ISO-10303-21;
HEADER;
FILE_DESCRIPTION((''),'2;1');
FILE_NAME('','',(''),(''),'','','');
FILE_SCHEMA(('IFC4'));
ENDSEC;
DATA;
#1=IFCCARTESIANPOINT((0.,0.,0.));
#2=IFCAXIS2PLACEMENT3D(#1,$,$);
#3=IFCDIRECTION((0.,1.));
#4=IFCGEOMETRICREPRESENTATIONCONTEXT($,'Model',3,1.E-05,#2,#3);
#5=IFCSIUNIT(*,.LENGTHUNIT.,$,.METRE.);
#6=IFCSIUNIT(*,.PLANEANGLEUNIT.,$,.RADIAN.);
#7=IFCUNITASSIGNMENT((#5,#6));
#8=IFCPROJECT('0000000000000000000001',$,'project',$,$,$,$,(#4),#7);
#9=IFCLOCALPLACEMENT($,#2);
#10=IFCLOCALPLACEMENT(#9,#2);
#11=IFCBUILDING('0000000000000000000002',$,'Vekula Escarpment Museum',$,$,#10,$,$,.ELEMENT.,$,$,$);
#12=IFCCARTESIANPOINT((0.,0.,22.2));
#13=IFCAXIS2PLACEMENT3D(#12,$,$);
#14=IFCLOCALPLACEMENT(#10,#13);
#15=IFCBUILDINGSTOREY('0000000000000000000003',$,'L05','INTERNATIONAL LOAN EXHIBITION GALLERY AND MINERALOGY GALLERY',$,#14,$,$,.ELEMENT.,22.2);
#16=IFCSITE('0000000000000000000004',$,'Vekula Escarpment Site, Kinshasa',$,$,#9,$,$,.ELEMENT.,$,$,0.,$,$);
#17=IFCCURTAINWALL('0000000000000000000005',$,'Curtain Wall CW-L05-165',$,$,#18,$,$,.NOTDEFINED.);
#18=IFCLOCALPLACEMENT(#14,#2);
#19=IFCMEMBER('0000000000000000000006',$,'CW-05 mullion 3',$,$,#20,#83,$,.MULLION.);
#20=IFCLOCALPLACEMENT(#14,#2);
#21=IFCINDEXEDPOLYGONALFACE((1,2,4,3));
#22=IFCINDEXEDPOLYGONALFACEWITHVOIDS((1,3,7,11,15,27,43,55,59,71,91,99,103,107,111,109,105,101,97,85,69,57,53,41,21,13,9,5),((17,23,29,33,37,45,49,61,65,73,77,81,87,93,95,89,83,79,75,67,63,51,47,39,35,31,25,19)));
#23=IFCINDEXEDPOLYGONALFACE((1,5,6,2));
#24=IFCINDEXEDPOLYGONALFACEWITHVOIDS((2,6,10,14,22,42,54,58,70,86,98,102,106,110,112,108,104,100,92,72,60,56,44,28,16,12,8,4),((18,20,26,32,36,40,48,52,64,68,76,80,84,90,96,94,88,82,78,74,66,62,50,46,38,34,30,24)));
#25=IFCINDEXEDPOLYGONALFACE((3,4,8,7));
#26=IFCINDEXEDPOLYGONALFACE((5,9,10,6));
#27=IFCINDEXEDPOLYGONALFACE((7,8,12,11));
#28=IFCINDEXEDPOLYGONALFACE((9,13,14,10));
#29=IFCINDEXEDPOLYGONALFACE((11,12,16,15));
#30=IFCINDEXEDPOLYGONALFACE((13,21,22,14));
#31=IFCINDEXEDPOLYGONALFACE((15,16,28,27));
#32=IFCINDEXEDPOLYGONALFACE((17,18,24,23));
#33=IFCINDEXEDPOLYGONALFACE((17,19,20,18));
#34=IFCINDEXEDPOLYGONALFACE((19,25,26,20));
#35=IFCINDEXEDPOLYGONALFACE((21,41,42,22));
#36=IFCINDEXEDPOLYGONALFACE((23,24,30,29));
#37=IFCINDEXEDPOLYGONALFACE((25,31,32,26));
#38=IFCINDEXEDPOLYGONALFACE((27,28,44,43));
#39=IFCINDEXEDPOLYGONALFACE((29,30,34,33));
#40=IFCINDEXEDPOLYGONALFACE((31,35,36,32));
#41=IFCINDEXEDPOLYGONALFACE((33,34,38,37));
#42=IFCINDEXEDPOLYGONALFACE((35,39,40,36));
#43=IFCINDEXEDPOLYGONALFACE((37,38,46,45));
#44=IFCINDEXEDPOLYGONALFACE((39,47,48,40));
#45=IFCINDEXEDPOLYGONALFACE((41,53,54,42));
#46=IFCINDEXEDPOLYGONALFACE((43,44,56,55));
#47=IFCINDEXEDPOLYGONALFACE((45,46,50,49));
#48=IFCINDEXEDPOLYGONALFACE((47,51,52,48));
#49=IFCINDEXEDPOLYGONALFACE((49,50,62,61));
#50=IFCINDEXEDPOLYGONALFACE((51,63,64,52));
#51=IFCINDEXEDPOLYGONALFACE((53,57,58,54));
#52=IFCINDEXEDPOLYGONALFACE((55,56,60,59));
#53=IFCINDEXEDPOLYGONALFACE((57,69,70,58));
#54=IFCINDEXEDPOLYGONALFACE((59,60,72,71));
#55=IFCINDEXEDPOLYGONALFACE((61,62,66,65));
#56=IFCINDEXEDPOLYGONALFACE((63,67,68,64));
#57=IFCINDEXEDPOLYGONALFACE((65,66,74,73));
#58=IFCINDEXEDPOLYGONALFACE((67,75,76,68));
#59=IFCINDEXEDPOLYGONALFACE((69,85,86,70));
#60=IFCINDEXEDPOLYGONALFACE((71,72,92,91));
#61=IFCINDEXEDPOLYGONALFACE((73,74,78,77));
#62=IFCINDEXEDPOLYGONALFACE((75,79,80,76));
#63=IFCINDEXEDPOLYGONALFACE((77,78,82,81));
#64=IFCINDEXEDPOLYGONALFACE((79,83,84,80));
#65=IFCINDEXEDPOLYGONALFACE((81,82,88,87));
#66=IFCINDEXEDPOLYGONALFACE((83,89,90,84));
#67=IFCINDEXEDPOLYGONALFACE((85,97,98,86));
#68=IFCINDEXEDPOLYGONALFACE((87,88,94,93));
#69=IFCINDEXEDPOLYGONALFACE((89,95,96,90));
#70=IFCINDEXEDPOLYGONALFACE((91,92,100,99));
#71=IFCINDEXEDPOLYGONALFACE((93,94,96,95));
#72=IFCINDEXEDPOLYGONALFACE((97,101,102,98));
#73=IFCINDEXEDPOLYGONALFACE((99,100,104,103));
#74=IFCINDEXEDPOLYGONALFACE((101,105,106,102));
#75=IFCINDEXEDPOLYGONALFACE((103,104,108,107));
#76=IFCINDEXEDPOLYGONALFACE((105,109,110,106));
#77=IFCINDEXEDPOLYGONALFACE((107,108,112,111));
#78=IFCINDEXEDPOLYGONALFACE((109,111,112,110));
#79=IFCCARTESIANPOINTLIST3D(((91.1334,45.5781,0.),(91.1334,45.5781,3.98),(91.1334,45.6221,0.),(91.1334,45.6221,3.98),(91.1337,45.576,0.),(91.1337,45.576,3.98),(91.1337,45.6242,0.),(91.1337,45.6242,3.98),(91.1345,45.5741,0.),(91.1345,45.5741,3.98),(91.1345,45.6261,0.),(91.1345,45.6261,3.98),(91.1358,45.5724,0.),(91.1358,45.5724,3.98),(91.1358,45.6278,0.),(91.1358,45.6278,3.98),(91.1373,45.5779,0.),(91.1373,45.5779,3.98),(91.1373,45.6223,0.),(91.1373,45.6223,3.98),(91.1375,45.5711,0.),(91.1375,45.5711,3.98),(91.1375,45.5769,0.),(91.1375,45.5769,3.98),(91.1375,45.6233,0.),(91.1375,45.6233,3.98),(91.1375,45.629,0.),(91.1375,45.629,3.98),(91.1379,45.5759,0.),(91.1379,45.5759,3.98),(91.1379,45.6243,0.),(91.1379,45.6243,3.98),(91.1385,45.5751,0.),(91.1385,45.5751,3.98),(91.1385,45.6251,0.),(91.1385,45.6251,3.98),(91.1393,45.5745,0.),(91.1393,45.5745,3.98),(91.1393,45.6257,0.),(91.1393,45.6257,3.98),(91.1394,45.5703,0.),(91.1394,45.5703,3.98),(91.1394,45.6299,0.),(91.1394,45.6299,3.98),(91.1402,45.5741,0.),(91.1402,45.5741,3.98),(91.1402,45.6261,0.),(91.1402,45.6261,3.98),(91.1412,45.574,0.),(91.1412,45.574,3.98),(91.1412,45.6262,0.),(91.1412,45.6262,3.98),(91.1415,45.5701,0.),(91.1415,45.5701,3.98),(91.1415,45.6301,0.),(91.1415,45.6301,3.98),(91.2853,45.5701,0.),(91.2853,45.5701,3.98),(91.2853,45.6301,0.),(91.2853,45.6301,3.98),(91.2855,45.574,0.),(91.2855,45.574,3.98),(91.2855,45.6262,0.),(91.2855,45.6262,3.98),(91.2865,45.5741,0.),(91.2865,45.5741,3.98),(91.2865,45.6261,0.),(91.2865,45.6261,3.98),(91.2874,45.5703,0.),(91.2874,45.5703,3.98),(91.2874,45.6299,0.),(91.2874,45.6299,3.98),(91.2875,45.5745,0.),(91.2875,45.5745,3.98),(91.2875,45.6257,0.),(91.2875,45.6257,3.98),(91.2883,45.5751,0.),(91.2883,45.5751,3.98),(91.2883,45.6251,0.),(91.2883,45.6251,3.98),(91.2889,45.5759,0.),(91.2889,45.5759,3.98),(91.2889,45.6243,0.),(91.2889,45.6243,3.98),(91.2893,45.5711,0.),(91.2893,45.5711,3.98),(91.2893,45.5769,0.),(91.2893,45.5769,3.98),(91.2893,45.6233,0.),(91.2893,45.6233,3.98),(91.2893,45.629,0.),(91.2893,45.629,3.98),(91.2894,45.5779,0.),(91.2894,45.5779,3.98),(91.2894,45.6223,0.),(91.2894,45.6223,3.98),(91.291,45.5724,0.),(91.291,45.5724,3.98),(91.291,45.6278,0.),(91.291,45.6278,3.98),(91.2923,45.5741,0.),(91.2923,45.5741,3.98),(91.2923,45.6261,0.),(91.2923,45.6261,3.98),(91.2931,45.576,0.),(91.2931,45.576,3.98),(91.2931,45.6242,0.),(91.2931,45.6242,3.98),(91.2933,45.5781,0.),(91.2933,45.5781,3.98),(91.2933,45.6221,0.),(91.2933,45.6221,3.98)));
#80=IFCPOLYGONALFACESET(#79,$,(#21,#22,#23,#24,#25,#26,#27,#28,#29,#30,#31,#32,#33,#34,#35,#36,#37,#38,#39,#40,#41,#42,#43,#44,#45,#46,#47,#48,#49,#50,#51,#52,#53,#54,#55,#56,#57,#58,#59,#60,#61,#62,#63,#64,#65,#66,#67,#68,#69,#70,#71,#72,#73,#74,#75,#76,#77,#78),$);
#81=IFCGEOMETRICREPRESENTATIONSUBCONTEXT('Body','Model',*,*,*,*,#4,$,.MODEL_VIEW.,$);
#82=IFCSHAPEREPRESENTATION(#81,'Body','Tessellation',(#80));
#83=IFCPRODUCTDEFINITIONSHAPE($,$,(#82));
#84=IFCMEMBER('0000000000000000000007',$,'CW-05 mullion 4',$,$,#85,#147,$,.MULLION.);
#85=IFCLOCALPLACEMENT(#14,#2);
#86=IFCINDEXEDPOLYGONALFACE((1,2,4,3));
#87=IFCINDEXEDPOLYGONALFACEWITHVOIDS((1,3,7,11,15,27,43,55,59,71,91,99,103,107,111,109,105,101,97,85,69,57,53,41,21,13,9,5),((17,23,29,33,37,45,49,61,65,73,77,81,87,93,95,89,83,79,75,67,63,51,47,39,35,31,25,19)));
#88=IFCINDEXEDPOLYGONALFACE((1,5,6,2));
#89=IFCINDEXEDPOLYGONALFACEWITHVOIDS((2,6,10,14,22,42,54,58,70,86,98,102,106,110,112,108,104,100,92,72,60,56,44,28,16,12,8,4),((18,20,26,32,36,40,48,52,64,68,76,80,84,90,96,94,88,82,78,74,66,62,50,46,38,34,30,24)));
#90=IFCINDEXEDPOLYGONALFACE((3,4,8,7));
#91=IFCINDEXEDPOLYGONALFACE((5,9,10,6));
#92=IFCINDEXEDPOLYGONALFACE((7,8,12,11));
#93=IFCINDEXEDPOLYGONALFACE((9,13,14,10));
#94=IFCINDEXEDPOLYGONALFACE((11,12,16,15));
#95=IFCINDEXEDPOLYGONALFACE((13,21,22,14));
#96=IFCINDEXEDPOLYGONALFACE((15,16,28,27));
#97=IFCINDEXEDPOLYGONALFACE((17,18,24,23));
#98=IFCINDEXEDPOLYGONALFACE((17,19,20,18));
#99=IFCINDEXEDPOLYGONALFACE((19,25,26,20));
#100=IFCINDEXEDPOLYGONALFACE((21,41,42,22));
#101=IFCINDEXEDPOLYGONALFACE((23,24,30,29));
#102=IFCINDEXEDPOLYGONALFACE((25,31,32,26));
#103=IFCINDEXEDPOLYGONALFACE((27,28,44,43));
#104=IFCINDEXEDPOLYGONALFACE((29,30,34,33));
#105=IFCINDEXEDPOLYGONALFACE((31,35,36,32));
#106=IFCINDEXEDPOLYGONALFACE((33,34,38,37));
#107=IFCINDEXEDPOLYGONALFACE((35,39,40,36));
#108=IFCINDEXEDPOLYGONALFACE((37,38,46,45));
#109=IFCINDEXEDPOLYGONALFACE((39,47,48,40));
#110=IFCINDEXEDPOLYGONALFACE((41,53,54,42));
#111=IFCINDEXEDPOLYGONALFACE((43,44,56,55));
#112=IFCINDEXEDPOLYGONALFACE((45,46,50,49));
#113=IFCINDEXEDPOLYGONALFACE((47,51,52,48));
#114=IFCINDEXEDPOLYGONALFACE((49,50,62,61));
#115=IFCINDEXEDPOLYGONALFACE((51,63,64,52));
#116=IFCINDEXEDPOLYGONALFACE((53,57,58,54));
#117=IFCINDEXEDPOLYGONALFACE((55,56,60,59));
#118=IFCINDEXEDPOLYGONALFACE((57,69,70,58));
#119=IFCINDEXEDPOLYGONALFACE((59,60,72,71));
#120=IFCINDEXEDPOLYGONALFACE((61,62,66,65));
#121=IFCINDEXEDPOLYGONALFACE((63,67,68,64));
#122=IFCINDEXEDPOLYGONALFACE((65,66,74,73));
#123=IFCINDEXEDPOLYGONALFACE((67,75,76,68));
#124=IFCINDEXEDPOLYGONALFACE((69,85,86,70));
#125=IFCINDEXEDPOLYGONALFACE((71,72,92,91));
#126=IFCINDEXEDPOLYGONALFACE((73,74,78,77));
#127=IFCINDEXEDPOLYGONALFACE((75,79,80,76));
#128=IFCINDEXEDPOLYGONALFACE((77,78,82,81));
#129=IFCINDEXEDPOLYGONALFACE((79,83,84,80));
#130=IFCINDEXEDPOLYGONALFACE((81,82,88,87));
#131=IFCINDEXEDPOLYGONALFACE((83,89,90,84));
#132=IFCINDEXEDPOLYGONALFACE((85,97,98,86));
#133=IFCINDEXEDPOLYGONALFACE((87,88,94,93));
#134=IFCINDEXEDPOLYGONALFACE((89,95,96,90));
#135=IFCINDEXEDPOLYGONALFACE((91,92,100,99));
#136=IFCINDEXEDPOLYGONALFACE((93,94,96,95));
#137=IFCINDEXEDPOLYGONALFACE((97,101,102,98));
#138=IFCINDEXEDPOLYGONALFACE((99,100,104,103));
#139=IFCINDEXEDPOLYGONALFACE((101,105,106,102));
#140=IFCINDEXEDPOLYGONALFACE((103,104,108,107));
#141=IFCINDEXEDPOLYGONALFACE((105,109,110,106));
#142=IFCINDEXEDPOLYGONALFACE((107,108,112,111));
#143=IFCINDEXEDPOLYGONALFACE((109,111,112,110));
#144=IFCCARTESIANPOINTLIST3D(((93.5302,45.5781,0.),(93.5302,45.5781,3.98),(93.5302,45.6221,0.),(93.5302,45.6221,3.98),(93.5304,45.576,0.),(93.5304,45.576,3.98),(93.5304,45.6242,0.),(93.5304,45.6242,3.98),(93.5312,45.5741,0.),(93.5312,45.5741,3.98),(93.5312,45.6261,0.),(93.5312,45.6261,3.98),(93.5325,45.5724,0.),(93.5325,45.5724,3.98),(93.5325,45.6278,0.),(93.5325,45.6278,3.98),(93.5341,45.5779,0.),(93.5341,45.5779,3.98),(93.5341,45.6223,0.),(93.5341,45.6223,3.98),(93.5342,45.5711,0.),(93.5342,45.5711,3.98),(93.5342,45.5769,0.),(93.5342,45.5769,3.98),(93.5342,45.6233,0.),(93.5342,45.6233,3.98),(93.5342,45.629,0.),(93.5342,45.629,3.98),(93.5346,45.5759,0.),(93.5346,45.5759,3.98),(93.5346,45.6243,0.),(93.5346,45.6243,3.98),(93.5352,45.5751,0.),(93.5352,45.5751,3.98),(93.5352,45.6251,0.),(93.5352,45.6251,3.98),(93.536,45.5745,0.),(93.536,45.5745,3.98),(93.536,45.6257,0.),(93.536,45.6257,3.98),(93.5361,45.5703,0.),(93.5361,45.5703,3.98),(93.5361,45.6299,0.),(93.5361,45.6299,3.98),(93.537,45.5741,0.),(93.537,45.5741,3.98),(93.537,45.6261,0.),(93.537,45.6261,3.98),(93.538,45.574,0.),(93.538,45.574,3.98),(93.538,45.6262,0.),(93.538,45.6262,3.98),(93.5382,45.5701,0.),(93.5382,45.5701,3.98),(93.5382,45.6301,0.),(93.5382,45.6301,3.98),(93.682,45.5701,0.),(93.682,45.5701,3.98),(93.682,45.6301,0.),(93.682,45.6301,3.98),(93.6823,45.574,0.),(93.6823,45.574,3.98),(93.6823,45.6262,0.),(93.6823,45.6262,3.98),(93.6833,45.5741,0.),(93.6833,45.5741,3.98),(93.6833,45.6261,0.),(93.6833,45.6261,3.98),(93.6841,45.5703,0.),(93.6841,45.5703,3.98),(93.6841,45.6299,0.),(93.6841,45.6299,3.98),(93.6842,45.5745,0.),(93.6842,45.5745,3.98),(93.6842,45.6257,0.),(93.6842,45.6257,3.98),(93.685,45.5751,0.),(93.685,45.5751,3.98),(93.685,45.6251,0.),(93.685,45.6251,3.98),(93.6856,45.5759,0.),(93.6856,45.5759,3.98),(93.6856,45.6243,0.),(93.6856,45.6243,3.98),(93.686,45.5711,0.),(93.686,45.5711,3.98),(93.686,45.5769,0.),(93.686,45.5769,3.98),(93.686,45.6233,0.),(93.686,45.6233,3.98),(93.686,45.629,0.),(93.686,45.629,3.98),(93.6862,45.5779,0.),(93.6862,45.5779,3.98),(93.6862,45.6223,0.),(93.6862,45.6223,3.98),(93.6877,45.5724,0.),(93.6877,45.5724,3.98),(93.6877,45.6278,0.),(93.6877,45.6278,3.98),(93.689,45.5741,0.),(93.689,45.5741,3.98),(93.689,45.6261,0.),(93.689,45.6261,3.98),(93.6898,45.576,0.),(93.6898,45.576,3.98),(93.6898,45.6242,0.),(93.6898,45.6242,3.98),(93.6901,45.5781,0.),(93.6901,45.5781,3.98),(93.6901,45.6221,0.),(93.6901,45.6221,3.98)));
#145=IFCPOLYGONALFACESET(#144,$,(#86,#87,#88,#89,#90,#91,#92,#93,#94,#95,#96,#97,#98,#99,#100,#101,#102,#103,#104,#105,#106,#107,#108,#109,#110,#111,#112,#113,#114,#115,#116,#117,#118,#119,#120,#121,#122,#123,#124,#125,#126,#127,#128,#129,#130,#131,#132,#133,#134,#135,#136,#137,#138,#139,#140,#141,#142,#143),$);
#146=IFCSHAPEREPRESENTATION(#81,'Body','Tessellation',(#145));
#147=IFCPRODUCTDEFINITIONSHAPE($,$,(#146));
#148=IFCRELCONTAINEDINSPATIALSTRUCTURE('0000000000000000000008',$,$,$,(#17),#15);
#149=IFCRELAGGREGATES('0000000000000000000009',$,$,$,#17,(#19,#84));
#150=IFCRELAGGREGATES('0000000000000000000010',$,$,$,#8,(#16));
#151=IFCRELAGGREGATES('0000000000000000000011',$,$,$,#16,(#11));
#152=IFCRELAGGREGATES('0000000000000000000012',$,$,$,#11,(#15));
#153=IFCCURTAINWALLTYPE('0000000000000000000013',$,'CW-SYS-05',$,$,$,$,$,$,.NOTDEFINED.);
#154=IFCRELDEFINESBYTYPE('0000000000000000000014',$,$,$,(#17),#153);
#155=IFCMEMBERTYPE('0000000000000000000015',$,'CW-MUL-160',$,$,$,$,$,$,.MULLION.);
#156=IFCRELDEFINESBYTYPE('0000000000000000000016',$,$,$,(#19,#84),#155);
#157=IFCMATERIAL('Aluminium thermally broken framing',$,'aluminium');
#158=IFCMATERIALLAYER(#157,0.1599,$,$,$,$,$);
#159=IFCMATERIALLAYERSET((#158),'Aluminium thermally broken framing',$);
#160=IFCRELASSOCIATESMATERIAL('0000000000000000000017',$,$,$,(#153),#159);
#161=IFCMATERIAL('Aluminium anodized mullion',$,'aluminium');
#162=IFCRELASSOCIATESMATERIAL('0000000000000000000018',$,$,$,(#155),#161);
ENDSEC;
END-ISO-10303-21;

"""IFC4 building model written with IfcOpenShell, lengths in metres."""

from ifc_helpers import new_model, si_unit, direction, frame, origin, origin_2d, place, context, subcontext, project, spatial, hollow_rectangle, extrude, material, layer, layer_set, material_profile, profile_set, type_object, element, aggregate, save


model = new_model("IFC4")

# Units and contexts
model_context = context("Model", 3, precision=1e-05, world=origin(), true_north=direction((0.0, 1.0)))
body_context = subcontext(model_context, "Body", "Model", "MODEL_VIEW")
ifc_project = project(units=[si_unit("LENGTHUNIT", "METRE"), si_unit("PLANEANGLEUNIT", "RADIAN")], contexts=[model_context])

# Site, building, storey
site_placement = place(None, origin())
site = spatial("IfcSite", under=ifc_project, at=site_placement, Name="Vekula Escarpment Site, Kinshasa", CompositionType="ELEMENT", RefElevation=0.0)
building_placement = place(site_placement, origin())
building = spatial("IfcBuilding", under=site, at=building_placement, Name="Vekula Escarpment Museum", CompositionType="ELEMENT")
storey_placement = place(building_placement, frame((0.0, 0.0, 22.2)))
storey = spatial("IfcBuildingStorey", under=building, at=storey_placement, Name="L05", Description="INTERNATIONAL LOAN EXHIBITION GALLERY AND MINERALOGY GALLERY", CompositionType="ELEMENT", Elevation=22.2)

# Curtain wall, members
ifc_material_1 = material(Name="Aluminium thermally broken framing", Category="aluminium")
ifc_layer_1 = layer(ifc_material_1, 0.1599)
ifc_layer_set_1 = layer_set([ifc_layer_1], Name="Aluminium thermally broken framing")
curtain_wall_type_1 = type_object("IfcCurtainWallType", Name="CW-SYS-05", PredefinedType="NOTDEFINED", material=ifc_layer_set_1)
curtain_wall_1_placement = place(storey_placement, origin())
curtain_wall_1 = element("IfcCurtainWall", 1, at=curtain_wall_1_placement, inside=storey, type_object=curtain_wall_type_1, Name="Curtain Wall CW-L05-165", PredefinedType="NOTDEFINED")
ifc_material_2 = material(Name="Aluminium anodized mullion", Category="aluminium")
ifc_material_profile_1 = material_profile(ifc_material_2, hollow_rectangle(XDim=0.0601, YDim=0.1599, WallThickness=0.0039, InnerFilletRadius=0.0039, OuterFilletRadius=0.0081, at=origin_2d()), Name="ALU 160x60x4")
ifc_profile_set_1 = profile_set([ifc_material_profile_1], Name="Aluminium anodized mullion")
member_type_1 = type_object("IfcMemberType", Name="CW-MUL-160", PredefinedType="MULLION", material=ifc_profile_set_1)
member_1_placement = place(storey_placement, frame((91.2134, 45.6001, 0.0), z_axis=(0.0, 0.0, 1.0), x_axis=(0.0, 1.0, 0.0)))
member_1 = element("IfcMember", 2, at=member_1_placement, type_object=member_type_1, Name="CW-05 mullion 3", PredefinedType="MULLION", context=body_context, shape_type="SweptSolid", body=[
    extrude(hollow_rectangle(XDim=0.0601, YDim=0.1599, WallThickness=0.0039, InnerFilletRadius=0.0039, OuterFilletRadius=0.0081, at=origin_2d()), origin(), (0.0, 0.0, 1.0), 3.98),
])
member_2_placement = place(storey_placement, frame((93.6101, 45.6001, 0.0), z_axis=(0.0, 0.0, 1.0), x_axis=(0.0, 1.0, 0.0)))
member_2 = element("IfcMember", 3, at=member_2_placement, type_object=member_type_1, Name="CW-05 mullion 4", PredefinedType="MULLION", context=body_context, shape_type="SweptSolid", body=[
    extrude(hollow_rectangle(XDim=0.0601, YDim=0.1599, WallThickness=0.0039, InnerFilletRadius=0.0039, OuterFilletRadius=0.0081, at=origin_2d()), origin(), (0.0, 0.0, 1.0), 3.98),
])

aggregate(curtain_wall_1, [member_1, member_2])

save(model, "model.ifc")
